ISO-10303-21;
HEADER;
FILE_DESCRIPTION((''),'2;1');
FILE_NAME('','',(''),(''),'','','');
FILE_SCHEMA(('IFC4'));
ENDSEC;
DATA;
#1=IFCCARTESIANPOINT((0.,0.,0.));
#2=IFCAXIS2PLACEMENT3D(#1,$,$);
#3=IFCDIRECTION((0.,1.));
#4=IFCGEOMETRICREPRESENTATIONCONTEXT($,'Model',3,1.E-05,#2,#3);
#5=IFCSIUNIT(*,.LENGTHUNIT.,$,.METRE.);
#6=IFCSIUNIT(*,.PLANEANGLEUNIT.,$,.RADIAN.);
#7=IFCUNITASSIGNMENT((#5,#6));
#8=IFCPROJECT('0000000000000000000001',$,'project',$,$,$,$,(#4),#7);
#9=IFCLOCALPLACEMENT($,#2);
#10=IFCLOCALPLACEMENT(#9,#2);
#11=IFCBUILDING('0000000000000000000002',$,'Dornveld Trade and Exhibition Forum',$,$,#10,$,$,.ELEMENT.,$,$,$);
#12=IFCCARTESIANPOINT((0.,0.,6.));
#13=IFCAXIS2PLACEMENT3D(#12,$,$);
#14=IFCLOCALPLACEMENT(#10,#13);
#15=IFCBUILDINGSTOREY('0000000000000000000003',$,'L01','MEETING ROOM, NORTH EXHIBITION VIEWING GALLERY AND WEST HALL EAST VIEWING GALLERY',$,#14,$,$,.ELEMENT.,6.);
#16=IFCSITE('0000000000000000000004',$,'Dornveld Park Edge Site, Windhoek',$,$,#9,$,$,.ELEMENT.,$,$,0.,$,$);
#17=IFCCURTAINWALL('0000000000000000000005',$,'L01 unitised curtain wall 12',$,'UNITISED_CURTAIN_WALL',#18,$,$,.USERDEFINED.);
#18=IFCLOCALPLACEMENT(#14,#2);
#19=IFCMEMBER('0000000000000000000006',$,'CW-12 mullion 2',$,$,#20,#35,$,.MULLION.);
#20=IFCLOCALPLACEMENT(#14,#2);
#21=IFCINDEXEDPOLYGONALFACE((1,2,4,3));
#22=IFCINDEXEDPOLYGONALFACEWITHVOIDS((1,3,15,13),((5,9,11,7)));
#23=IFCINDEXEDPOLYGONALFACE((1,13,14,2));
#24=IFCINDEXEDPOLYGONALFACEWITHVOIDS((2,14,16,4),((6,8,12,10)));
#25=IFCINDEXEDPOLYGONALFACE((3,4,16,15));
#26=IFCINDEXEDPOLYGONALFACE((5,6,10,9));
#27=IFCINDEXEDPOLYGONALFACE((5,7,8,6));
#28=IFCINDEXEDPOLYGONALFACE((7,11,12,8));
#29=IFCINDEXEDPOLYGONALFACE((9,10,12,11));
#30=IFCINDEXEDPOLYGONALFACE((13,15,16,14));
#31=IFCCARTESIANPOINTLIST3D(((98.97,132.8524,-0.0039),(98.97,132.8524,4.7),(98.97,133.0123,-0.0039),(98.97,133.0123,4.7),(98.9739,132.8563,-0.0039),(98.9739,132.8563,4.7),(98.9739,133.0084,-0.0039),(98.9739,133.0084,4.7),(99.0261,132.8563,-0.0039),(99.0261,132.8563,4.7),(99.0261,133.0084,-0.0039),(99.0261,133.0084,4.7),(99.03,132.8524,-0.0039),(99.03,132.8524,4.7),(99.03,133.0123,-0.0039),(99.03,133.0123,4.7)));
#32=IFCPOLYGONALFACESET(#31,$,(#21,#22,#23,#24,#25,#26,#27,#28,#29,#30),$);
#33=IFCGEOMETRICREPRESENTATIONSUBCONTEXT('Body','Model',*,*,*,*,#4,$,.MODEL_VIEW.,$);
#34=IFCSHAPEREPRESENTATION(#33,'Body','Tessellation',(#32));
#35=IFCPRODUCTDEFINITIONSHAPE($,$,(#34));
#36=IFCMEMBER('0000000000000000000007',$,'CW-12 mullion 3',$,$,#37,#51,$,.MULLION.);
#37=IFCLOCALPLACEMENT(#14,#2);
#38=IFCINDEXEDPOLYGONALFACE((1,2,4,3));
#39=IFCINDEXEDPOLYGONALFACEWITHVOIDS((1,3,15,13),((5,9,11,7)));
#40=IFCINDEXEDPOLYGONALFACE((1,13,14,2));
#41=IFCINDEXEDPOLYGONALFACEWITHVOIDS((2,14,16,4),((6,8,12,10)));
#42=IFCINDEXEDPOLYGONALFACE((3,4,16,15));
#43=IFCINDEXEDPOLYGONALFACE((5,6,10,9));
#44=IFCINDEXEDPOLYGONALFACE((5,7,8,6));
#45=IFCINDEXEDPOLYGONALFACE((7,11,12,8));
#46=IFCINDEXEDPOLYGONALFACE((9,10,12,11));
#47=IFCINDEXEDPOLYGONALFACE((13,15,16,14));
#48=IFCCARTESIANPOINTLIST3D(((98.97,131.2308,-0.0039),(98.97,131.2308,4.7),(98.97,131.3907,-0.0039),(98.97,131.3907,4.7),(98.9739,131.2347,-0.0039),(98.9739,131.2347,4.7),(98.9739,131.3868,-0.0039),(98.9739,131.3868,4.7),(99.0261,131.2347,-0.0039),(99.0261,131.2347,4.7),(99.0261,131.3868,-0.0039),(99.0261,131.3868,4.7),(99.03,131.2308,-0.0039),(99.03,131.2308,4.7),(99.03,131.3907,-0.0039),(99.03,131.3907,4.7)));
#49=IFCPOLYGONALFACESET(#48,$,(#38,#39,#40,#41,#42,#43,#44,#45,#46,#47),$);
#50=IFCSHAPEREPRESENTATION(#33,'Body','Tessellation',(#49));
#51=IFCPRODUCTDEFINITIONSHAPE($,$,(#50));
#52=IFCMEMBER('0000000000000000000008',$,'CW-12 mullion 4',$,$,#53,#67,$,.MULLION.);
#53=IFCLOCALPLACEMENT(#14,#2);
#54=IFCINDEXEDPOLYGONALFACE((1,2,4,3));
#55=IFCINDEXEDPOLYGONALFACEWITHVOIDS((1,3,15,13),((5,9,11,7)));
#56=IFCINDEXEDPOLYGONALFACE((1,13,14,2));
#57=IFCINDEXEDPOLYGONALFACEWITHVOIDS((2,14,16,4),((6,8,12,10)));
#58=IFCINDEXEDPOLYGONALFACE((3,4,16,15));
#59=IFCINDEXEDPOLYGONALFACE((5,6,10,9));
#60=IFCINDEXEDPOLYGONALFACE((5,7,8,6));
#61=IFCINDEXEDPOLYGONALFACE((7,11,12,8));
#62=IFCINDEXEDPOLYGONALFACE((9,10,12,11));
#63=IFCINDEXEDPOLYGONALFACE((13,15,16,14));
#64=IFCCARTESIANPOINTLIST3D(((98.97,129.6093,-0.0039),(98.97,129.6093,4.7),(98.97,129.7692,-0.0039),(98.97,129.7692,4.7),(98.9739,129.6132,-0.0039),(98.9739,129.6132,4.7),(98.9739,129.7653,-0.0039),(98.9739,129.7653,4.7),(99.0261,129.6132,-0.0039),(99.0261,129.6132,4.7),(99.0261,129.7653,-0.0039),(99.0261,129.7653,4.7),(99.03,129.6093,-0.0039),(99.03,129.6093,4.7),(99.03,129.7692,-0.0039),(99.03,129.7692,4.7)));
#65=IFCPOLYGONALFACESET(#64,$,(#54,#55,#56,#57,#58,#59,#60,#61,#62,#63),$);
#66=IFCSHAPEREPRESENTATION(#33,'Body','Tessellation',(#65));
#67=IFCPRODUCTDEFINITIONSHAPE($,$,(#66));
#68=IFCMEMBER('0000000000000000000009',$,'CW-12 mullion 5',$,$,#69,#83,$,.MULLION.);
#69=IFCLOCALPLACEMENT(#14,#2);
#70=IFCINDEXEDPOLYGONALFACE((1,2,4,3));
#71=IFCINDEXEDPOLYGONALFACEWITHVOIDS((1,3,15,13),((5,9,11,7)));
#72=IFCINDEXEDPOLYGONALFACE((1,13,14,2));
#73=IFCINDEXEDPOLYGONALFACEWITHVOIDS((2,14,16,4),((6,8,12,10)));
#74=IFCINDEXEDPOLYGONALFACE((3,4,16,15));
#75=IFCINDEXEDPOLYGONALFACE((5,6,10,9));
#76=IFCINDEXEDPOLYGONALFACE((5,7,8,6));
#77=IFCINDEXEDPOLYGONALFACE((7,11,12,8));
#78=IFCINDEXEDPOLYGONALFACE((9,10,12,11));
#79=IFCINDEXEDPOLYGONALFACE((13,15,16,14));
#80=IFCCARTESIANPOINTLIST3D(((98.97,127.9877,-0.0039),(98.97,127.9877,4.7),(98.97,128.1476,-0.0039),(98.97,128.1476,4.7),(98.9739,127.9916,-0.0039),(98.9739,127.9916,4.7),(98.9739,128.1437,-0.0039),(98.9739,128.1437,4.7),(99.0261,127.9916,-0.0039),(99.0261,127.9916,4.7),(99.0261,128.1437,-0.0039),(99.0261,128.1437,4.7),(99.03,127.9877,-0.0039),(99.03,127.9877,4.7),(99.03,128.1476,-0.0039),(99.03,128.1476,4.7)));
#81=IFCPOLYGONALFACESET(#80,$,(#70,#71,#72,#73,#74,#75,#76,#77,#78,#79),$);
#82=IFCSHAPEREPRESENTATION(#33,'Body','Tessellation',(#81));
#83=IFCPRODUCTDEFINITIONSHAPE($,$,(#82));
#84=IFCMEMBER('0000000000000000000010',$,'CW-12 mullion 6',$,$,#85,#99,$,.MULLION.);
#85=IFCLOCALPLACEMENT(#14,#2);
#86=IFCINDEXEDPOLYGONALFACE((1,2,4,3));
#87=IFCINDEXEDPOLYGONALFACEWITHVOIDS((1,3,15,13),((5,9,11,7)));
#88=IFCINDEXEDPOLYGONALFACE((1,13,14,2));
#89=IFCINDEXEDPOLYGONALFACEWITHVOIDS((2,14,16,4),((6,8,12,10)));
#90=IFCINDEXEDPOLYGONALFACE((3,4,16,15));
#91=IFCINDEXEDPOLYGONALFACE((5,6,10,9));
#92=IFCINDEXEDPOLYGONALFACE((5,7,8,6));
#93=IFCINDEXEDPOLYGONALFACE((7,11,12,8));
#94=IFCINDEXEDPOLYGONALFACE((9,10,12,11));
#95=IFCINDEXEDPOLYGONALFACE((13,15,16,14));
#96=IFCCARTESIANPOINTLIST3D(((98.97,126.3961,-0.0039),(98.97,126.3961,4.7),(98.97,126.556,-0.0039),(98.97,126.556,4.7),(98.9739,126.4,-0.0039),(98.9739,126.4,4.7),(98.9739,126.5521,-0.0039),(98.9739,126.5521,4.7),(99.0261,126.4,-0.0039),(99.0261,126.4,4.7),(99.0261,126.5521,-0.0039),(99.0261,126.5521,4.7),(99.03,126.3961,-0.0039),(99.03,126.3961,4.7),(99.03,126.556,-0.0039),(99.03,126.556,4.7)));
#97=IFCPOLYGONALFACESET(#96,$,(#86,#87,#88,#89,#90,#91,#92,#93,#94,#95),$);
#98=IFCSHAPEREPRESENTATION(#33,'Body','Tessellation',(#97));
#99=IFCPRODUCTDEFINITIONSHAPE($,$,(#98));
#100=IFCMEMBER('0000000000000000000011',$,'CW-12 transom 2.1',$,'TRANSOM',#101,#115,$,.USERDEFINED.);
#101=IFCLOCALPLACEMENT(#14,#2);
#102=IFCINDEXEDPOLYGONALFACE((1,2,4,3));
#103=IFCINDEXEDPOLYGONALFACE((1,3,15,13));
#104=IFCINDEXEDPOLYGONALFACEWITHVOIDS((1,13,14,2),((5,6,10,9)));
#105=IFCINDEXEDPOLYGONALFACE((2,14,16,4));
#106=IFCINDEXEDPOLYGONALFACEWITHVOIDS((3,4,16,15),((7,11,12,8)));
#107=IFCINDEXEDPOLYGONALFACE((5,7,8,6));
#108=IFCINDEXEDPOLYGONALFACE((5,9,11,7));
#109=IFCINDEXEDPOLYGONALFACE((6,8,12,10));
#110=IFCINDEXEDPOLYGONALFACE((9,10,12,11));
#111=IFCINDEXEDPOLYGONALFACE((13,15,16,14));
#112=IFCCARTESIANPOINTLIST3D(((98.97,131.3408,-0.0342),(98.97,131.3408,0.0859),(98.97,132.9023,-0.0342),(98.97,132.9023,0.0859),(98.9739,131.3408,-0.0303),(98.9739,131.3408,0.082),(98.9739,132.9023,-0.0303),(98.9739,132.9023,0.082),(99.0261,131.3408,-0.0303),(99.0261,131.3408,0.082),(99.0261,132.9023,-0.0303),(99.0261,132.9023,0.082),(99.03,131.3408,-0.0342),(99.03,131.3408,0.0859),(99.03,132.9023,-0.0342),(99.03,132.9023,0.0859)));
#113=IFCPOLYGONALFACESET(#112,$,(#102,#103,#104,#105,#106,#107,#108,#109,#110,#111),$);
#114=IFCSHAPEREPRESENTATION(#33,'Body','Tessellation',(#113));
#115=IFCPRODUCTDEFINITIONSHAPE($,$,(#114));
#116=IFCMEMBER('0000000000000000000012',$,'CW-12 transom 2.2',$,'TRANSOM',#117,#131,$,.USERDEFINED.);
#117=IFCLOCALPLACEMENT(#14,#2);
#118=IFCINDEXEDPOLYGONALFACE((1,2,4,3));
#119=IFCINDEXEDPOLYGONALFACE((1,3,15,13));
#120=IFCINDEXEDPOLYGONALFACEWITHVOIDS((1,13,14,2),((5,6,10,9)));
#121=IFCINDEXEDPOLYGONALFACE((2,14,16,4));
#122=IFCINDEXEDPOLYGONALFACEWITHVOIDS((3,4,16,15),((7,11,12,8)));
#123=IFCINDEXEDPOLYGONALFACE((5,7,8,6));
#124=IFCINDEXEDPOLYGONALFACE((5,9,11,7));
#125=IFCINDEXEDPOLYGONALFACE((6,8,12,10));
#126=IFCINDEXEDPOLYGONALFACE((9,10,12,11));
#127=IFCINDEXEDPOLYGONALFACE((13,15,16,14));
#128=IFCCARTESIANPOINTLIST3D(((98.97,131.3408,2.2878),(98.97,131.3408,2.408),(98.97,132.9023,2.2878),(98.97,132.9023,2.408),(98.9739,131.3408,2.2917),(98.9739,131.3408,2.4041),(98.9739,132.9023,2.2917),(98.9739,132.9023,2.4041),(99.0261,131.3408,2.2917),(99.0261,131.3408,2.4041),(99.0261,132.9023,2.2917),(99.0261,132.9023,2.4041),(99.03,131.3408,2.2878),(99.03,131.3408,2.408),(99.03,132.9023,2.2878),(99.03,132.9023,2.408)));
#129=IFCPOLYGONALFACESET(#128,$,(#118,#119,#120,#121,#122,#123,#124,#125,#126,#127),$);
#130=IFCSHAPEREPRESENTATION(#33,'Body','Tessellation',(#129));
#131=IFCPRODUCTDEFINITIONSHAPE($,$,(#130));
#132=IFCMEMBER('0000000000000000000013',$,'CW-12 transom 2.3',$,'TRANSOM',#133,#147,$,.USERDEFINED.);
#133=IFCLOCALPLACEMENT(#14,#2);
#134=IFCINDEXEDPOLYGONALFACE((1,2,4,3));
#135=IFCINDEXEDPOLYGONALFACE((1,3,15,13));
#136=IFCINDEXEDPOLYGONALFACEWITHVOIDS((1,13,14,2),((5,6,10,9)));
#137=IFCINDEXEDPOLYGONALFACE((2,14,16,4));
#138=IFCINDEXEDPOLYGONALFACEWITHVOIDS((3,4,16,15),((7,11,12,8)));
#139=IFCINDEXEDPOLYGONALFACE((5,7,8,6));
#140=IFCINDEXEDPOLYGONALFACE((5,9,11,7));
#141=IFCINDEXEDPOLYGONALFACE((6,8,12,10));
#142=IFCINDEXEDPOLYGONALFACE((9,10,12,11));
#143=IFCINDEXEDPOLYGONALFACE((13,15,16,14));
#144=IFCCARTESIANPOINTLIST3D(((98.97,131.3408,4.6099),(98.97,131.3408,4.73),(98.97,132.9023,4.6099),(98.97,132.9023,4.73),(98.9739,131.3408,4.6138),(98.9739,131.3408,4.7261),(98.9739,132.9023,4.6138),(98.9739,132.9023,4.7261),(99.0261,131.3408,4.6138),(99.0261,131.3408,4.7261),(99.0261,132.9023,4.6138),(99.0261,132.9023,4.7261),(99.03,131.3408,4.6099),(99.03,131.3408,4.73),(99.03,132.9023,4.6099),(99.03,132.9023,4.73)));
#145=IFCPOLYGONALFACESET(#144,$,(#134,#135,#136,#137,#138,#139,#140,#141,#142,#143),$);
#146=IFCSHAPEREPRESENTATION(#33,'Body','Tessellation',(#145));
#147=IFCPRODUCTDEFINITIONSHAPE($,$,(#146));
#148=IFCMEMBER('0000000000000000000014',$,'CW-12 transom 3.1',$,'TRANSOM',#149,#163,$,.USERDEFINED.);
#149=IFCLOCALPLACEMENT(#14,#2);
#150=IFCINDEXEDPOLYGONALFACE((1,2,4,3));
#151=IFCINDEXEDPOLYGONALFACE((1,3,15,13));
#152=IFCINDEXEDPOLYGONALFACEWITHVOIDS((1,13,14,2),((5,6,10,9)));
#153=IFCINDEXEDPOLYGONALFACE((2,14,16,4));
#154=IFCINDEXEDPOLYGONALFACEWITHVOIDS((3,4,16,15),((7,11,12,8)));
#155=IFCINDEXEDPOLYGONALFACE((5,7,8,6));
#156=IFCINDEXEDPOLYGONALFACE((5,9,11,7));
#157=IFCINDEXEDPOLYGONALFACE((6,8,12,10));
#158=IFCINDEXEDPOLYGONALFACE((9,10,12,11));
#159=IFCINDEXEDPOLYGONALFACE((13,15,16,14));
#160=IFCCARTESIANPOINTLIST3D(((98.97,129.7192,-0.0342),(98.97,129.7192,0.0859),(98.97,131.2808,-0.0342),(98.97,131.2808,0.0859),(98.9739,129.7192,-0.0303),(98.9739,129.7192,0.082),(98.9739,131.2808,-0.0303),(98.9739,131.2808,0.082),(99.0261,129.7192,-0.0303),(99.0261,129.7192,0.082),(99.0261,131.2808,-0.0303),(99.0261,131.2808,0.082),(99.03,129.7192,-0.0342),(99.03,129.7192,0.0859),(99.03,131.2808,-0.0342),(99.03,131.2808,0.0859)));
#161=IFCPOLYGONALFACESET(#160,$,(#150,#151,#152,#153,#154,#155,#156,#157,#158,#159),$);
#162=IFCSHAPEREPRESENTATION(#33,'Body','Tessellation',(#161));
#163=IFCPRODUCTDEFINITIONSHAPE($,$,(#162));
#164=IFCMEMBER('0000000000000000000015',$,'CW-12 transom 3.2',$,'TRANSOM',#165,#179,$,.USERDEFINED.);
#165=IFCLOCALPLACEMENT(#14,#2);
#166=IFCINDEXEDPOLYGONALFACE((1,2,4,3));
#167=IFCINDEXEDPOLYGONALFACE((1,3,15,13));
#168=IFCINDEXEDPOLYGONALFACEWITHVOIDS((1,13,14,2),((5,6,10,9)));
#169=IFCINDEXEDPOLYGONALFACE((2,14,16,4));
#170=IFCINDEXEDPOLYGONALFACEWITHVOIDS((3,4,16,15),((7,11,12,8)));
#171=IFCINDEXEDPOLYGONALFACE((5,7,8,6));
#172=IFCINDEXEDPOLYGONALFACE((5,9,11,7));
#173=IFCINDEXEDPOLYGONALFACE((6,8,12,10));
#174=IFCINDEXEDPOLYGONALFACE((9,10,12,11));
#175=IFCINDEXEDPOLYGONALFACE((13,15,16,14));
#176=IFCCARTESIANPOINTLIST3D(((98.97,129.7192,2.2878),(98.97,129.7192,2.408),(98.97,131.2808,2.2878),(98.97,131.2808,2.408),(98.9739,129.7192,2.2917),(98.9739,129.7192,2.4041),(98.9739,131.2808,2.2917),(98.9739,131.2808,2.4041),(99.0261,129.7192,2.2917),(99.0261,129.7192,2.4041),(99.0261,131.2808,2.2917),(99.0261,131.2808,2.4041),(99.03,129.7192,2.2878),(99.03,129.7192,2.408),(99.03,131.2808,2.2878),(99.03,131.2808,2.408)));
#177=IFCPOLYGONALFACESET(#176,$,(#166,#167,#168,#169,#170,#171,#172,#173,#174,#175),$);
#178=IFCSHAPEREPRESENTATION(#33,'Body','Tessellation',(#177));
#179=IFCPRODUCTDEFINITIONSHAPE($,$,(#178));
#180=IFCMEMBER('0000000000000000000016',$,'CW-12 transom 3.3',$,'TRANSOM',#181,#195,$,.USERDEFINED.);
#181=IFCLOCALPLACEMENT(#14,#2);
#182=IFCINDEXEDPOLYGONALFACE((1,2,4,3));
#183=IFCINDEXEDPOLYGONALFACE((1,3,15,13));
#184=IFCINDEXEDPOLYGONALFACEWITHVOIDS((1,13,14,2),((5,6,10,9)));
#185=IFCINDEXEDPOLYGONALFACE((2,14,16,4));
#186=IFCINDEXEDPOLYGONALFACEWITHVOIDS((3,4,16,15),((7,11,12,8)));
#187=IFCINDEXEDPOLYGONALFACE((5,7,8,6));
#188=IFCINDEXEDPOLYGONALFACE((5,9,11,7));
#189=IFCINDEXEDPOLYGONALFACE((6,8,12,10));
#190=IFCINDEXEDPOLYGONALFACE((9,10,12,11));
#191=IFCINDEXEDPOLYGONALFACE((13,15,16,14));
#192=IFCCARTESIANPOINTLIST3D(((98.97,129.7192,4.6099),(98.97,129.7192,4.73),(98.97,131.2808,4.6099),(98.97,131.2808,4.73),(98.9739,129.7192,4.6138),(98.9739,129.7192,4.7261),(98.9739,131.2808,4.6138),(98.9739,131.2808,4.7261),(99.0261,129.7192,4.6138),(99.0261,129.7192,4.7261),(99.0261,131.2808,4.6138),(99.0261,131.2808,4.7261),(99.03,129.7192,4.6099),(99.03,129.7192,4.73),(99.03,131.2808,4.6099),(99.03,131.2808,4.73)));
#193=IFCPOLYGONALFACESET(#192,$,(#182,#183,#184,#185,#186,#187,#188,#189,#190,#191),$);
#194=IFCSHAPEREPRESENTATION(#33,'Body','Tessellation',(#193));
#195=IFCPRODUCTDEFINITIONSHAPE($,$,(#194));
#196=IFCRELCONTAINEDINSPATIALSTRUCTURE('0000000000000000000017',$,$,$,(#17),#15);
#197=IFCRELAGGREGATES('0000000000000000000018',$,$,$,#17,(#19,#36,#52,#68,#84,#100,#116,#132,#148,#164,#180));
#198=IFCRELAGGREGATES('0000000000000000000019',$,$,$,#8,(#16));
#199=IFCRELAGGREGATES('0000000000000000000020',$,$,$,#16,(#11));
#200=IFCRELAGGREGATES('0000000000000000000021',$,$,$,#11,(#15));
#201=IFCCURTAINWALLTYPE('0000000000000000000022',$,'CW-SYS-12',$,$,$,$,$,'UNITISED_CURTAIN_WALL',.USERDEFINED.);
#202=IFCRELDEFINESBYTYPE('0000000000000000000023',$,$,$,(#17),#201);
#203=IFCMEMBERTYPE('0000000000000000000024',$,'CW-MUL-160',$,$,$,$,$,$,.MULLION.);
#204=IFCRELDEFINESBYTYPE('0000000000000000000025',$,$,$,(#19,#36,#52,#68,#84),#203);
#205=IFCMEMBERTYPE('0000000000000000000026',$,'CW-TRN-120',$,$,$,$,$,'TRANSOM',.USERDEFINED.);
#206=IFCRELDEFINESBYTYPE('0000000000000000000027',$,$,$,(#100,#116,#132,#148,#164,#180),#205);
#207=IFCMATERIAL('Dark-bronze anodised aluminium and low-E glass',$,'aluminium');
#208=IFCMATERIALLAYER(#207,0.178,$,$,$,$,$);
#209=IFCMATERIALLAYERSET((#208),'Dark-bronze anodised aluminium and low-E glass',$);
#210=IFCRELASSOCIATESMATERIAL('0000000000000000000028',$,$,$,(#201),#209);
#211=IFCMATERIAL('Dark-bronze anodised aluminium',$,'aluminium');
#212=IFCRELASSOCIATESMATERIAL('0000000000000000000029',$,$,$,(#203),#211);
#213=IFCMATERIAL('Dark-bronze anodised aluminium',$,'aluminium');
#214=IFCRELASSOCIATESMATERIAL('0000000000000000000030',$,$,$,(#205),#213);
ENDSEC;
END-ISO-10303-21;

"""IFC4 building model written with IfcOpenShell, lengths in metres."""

from ifc_helpers import new_model, si_unit, direction, frame, origin, origin_2d, place, context, subcontext, project, spatial, hollow_rectangle, extrude, material, layer, layer_set, material_profile, profile_set, type_object, element, aggregate, save


model = new_model("IFC4")

# Units and contexts
model_context = context("Model", 3, precision=1e-05, world=origin(), true_north=direction((0.0, 1.0)))
body_context = subcontext(model_context, "Body", "Model", "MODEL_VIEW")
ifc_project = project(units=[si_unit("LENGTHUNIT", "METRE"), si_unit("PLANEANGLEUNIT", "RADIAN")], contexts=[model_context])

# Site, building, storey
site_placement = place(None, origin())
site = spatial("IfcSite", under=ifc_project, at=site_placement, Name="Dornveld Park Edge Site, Windhoek", CompositionType="ELEMENT", RefElevation=0.0)
building_placement = place(site_placement, origin())
building = spatial("IfcBuilding", under=site, at=building_placement, Name="Dornveld Trade and Exhibition Forum", CompositionType="ELEMENT")
storey_placement = place(building_placement, frame((0.0, 0.0, 6.0)))
storey = spatial("IfcBuildingStorey", under=building, at=storey_placement, Name="L01", Description="MEETING ROOM, NORTH EXHIBITION VIEWING GALLERY AND WEST HALL EAST VIEWING GALLERY", CompositionType="ELEMENT", Elevation=6.0)

# Curtain wall, members
ifc_material_1 = material(Name="Dark-bronze anodised aluminium and low-E glass", Category="aluminium")
ifc_layer_1 = layer(ifc_material_1, 0.178)
ifc_layer_set_1 = layer_set([ifc_layer_1], Name="Dark-bronze anodised aluminium and low-E glass")
curtain_wall_type = type_object("IfcCurtainWallType", Name="CW-SYS-12", ElementType="UNITISED_CURTAIN_WALL", PredefinedType="USERDEFINED", material=ifc_layer_set_1)
curtain_wall_placement = place(storey_placement, origin())
curtain_wall = element("IfcCurtainWall", 1, at=curtain_wall_placement, inside=storey, type_object=curtain_wall_type, Name="L01 unitised curtain wall 12", ObjectType="UNITISED_CURTAIN_WALL", PredefinedType="USERDEFINED")
ifc_material_2 = material(Name="Dark-bronze anodised aluminium", Category="aluminium")
ifc_material_profile_1 = material_profile(ifc_material_2, hollow_rectangle(XDim=0.0601, YDim=0.1599, WallThickness=0.0039, at=origin_2d()), Name="RHS 160x60x4")
ifc_profile_set_1 = profile_set([ifc_material_profile_1], Name="Dark-bronze anodised aluminium")
member_type_1 = type_object("IfcMemberType", Name="CW-MUL-160", PredefinedType="MULLION", material=ifc_profile_set_1)
member_1_placement = place(storey_placement, frame((99.0, 132.9324, -0.0039), z_axis=(0.0, 0.0, 1.0), x_axis=(1.0, 0.0, 0.0)))
member_1 = element("IfcMember", 2, at=member_1_placement, type_object=member_type_1, Name="CW-12 mullion 2", PredefinedType="MULLION", context=body_context, shape_type="SweptSolid", body=[
    extrude(hollow_rectangle(XDim=0.0601, YDim=0.1599, WallThickness=0.0039, at=origin_2d()), origin(), (0.0, 0.0, 1.0), 4.7039),
])
member_2_placement = place(storey_placement, frame((99.0, 131.3108, -0.0039), z_axis=(0.0, 0.0, 1.0), x_axis=(1.0, 0.0, 0.0)))
member_2 = element("IfcMember", 3, at=member_2_placement, type_object=member_type_1, Name="CW-12 mullion 3", PredefinedType="MULLION", context=body_context, shape_type="SweptSolid", body=[
    extrude(hollow_rectangle(XDim=0.0601, YDim=0.1599, WallThickness=0.0039, at=origin_2d()), origin(), (0.0, 0.0, 1.0), 4.7039),
])
member_3_placement = place(storey_placement, frame((99.0, 129.6892, -0.0039), z_axis=(0.0, 0.0, 1.0), x_axis=(1.0, 0.0, 0.0)))
member_3 = element("IfcMember", 4, at=member_3_placement, type_object=member_type_1, Name="CW-12 mullion 4", PredefinedType="MULLION", context=body_context, shape_type="SweptSolid", body=[
    extrude(hollow_rectangle(XDim=0.0601, YDim=0.1599, WallThickness=0.0039, at=origin_2d()), origin(), (0.0, 0.0, 1.0), 4.7039),
])
member_4_placement = place(storey_placement, frame((99.0, 128.0676, -0.0039), z_axis=(0.0, 0.0, 1.0), x_axis=(1.0, 0.0, 0.0)))
member_4 = element("IfcMember", 5, at=member_4_placement, type_object=member_type_1, Name="CW-12 mullion 5", PredefinedType="MULLION", context=body_context, shape_type="SweptSolid", body=[
    extrude(hollow_rectangle(XDim=0.0601, YDim=0.1599, WallThickness=0.0039, at=origin_2d()), origin(), (0.0, 0.0, 1.0), 4.7039),
])
member_5_placement = place(storey_placement, frame((99.0, 126.4761, -0.0039), z_axis=(0.0, 0.0, 1.0), x_axis=(1.0, 0.0, 0.0)))
member_5 = element("IfcMember", 6, at=member_5_placement, type_object=member_type_1, Name="CW-12 mullion 6", PredefinedType="MULLION", context=body_context, shape_type="SweptSolid", body=[
    extrude(hollow_rectangle(XDim=0.0601, YDim=0.1599, WallThickness=0.0039, at=origin_2d()), origin(), (0.0, 0.0, 1.0), 4.7039),
])
ifc_material_3 = material(Name="Dark-bronze anodised aluminium", Category="aluminium")
ifc_material_profile_2 = material_profile(ifc_material_3, hollow_rectangle(XDim=0.0601, YDim=0.1201, WallThickness=0.0039, at=origin_2d()), Name="RHS 120x60x4")
ifc_profile_set_2 = profile_set([ifc_material_profile_2], Name="Dark-bronze anodised aluminium")
member_type_2 = type_object("IfcMemberType", Name="CW-TRN-120", ElementType="TRANSOM", PredefinedType="USERDEFINED", material=ifc_profile_set_2)
member_6_placement = place(storey_placement, frame((99.0, 132.9023, 0.0259), z_axis=(0.0, -1.0, 0.0), x_axis=(1.0, 0.0, 0.0)))
member_6 = element("IfcMember", 7, at=member_6_placement, type_object=member_type_2, Name="CW-12 transom 2.1", ObjectType="TRANSOM", PredefinedType="USERDEFINED", context=body_context, shape_type="SweptSolid", body=[
    extrude(hollow_rectangle(XDim=0.0601, YDim=0.1201, WallThickness=0.0039, at=origin_2d()), origin(), (0.0, 0.0, 1.0), 1.5615),
])
member_7_placement = place(storey_placement, frame((99.0, 132.9023, 2.3479), z_axis=(0.0, -1.0, 0.0), x_axis=(1.0, 0.0, 0.0)))
member_7 = element("IfcMember", 8, at=member_7_placement, type_object=member_type_2, Name="CW-12 transom 2.2", ObjectType="TRANSOM", PredefinedType="USERDEFINED", context=body_context, shape_type="SweptSolid", body=[
    extrude(hollow_rectangle(XDim=0.0601, YDim=0.1201, WallThickness=0.0039, at=origin_2d()), origin(), (0.0, 0.0, 1.0), 1.5615),
])
member_8_placement = place(storey_placement, frame((99.0, 132.9023, 4.6699), z_axis=(0.0, -1.0, 0.0), x_axis=(1.0, 0.0, 0.0)))
member_8 = element("IfcMember", 9, at=member_8_placement, type_object=member_type_2, Name="CW-12 transom 2.3", ObjectType="TRANSOM", PredefinedType="USERDEFINED", context=body_context, shape_type="SweptSolid", body=[
    extrude(hollow_rectangle(XDim=0.0601, YDim=0.1201, WallThickness=0.0039, at=origin_2d()), origin(), (0.0, 0.0, 1.0), 1.5615),
])
member_9_placement = place(storey_placement, frame((99.0, 131.2808, 0.0259), z_axis=(0.0, -1.0, 0.0), x_axis=(1.0, 0.0, 0.0)))
member_9 = element("IfcMember", 10, at=member_9_placement, type_object=member_type_2, Name="CW-12 transom 3.1", ObjectType="TRANSOM", PredefinedType="USERDEFINED", context=body_context, shape_type="SweptSolid", body=[
    extrude(hollow_rectangle(XDim=0.0601, YDim=0.1201, WallThickness=0.0039, at=origin_2d()), origin(), (0.0, 0.0, 1.0), 1.5615),
])
member_10_placement = place(storey_placement, frame((99.0, 131.2808, 2.3479), z_axis=(0.0, -1.0, 0.0), x_axis=(1.0, 0.0, 0.0)))
member_10 = element("IfcMember", 11, at=member_10_placement, type_object=member_type_2, Name="CW-12 transom 3.2", ObjectType="TRANSOM", PredefinedType="USERDEFINED", context=body_context, shape_type="SweptSolid", body=[
    extrude(hollow_rectangle(XDim=0.0601, YDim=0.1201, WallThickness=0.0039, at=origin_2d()), origin(), (0.0, 0.0, 1.0), 1.5615),
])
member_11_placement = place(storey_placement, frame((99.0, 131.2808, 4.6699), z_axis=(0.0, -1.0, 0.0), x_axis=(1.0, 0.0, 0.0)))
member_11 = element("IfcMember", 12, at=member_11_placement, type_object=member_type_2, Name="CW-12 transom 3.3", ObjectType="TRANSOM", PredefinedType="USERDEFINED", context=body_context, shape_type="SweptSolid", body=[
    extrude(hollow_rectangle(XDim=0.0601, YDim=0.1201, WallThickness=0.0039, at=origin_2d()), origin(), (0.0, 0.0, 1.0), 1.5615),
])

aggregate(curtain_wall, [member_1, member_2, member_3, member_4, member_5, member_6, member_7, member_8, member_9, member_10, member_11])

save(model, "model.ifc")
